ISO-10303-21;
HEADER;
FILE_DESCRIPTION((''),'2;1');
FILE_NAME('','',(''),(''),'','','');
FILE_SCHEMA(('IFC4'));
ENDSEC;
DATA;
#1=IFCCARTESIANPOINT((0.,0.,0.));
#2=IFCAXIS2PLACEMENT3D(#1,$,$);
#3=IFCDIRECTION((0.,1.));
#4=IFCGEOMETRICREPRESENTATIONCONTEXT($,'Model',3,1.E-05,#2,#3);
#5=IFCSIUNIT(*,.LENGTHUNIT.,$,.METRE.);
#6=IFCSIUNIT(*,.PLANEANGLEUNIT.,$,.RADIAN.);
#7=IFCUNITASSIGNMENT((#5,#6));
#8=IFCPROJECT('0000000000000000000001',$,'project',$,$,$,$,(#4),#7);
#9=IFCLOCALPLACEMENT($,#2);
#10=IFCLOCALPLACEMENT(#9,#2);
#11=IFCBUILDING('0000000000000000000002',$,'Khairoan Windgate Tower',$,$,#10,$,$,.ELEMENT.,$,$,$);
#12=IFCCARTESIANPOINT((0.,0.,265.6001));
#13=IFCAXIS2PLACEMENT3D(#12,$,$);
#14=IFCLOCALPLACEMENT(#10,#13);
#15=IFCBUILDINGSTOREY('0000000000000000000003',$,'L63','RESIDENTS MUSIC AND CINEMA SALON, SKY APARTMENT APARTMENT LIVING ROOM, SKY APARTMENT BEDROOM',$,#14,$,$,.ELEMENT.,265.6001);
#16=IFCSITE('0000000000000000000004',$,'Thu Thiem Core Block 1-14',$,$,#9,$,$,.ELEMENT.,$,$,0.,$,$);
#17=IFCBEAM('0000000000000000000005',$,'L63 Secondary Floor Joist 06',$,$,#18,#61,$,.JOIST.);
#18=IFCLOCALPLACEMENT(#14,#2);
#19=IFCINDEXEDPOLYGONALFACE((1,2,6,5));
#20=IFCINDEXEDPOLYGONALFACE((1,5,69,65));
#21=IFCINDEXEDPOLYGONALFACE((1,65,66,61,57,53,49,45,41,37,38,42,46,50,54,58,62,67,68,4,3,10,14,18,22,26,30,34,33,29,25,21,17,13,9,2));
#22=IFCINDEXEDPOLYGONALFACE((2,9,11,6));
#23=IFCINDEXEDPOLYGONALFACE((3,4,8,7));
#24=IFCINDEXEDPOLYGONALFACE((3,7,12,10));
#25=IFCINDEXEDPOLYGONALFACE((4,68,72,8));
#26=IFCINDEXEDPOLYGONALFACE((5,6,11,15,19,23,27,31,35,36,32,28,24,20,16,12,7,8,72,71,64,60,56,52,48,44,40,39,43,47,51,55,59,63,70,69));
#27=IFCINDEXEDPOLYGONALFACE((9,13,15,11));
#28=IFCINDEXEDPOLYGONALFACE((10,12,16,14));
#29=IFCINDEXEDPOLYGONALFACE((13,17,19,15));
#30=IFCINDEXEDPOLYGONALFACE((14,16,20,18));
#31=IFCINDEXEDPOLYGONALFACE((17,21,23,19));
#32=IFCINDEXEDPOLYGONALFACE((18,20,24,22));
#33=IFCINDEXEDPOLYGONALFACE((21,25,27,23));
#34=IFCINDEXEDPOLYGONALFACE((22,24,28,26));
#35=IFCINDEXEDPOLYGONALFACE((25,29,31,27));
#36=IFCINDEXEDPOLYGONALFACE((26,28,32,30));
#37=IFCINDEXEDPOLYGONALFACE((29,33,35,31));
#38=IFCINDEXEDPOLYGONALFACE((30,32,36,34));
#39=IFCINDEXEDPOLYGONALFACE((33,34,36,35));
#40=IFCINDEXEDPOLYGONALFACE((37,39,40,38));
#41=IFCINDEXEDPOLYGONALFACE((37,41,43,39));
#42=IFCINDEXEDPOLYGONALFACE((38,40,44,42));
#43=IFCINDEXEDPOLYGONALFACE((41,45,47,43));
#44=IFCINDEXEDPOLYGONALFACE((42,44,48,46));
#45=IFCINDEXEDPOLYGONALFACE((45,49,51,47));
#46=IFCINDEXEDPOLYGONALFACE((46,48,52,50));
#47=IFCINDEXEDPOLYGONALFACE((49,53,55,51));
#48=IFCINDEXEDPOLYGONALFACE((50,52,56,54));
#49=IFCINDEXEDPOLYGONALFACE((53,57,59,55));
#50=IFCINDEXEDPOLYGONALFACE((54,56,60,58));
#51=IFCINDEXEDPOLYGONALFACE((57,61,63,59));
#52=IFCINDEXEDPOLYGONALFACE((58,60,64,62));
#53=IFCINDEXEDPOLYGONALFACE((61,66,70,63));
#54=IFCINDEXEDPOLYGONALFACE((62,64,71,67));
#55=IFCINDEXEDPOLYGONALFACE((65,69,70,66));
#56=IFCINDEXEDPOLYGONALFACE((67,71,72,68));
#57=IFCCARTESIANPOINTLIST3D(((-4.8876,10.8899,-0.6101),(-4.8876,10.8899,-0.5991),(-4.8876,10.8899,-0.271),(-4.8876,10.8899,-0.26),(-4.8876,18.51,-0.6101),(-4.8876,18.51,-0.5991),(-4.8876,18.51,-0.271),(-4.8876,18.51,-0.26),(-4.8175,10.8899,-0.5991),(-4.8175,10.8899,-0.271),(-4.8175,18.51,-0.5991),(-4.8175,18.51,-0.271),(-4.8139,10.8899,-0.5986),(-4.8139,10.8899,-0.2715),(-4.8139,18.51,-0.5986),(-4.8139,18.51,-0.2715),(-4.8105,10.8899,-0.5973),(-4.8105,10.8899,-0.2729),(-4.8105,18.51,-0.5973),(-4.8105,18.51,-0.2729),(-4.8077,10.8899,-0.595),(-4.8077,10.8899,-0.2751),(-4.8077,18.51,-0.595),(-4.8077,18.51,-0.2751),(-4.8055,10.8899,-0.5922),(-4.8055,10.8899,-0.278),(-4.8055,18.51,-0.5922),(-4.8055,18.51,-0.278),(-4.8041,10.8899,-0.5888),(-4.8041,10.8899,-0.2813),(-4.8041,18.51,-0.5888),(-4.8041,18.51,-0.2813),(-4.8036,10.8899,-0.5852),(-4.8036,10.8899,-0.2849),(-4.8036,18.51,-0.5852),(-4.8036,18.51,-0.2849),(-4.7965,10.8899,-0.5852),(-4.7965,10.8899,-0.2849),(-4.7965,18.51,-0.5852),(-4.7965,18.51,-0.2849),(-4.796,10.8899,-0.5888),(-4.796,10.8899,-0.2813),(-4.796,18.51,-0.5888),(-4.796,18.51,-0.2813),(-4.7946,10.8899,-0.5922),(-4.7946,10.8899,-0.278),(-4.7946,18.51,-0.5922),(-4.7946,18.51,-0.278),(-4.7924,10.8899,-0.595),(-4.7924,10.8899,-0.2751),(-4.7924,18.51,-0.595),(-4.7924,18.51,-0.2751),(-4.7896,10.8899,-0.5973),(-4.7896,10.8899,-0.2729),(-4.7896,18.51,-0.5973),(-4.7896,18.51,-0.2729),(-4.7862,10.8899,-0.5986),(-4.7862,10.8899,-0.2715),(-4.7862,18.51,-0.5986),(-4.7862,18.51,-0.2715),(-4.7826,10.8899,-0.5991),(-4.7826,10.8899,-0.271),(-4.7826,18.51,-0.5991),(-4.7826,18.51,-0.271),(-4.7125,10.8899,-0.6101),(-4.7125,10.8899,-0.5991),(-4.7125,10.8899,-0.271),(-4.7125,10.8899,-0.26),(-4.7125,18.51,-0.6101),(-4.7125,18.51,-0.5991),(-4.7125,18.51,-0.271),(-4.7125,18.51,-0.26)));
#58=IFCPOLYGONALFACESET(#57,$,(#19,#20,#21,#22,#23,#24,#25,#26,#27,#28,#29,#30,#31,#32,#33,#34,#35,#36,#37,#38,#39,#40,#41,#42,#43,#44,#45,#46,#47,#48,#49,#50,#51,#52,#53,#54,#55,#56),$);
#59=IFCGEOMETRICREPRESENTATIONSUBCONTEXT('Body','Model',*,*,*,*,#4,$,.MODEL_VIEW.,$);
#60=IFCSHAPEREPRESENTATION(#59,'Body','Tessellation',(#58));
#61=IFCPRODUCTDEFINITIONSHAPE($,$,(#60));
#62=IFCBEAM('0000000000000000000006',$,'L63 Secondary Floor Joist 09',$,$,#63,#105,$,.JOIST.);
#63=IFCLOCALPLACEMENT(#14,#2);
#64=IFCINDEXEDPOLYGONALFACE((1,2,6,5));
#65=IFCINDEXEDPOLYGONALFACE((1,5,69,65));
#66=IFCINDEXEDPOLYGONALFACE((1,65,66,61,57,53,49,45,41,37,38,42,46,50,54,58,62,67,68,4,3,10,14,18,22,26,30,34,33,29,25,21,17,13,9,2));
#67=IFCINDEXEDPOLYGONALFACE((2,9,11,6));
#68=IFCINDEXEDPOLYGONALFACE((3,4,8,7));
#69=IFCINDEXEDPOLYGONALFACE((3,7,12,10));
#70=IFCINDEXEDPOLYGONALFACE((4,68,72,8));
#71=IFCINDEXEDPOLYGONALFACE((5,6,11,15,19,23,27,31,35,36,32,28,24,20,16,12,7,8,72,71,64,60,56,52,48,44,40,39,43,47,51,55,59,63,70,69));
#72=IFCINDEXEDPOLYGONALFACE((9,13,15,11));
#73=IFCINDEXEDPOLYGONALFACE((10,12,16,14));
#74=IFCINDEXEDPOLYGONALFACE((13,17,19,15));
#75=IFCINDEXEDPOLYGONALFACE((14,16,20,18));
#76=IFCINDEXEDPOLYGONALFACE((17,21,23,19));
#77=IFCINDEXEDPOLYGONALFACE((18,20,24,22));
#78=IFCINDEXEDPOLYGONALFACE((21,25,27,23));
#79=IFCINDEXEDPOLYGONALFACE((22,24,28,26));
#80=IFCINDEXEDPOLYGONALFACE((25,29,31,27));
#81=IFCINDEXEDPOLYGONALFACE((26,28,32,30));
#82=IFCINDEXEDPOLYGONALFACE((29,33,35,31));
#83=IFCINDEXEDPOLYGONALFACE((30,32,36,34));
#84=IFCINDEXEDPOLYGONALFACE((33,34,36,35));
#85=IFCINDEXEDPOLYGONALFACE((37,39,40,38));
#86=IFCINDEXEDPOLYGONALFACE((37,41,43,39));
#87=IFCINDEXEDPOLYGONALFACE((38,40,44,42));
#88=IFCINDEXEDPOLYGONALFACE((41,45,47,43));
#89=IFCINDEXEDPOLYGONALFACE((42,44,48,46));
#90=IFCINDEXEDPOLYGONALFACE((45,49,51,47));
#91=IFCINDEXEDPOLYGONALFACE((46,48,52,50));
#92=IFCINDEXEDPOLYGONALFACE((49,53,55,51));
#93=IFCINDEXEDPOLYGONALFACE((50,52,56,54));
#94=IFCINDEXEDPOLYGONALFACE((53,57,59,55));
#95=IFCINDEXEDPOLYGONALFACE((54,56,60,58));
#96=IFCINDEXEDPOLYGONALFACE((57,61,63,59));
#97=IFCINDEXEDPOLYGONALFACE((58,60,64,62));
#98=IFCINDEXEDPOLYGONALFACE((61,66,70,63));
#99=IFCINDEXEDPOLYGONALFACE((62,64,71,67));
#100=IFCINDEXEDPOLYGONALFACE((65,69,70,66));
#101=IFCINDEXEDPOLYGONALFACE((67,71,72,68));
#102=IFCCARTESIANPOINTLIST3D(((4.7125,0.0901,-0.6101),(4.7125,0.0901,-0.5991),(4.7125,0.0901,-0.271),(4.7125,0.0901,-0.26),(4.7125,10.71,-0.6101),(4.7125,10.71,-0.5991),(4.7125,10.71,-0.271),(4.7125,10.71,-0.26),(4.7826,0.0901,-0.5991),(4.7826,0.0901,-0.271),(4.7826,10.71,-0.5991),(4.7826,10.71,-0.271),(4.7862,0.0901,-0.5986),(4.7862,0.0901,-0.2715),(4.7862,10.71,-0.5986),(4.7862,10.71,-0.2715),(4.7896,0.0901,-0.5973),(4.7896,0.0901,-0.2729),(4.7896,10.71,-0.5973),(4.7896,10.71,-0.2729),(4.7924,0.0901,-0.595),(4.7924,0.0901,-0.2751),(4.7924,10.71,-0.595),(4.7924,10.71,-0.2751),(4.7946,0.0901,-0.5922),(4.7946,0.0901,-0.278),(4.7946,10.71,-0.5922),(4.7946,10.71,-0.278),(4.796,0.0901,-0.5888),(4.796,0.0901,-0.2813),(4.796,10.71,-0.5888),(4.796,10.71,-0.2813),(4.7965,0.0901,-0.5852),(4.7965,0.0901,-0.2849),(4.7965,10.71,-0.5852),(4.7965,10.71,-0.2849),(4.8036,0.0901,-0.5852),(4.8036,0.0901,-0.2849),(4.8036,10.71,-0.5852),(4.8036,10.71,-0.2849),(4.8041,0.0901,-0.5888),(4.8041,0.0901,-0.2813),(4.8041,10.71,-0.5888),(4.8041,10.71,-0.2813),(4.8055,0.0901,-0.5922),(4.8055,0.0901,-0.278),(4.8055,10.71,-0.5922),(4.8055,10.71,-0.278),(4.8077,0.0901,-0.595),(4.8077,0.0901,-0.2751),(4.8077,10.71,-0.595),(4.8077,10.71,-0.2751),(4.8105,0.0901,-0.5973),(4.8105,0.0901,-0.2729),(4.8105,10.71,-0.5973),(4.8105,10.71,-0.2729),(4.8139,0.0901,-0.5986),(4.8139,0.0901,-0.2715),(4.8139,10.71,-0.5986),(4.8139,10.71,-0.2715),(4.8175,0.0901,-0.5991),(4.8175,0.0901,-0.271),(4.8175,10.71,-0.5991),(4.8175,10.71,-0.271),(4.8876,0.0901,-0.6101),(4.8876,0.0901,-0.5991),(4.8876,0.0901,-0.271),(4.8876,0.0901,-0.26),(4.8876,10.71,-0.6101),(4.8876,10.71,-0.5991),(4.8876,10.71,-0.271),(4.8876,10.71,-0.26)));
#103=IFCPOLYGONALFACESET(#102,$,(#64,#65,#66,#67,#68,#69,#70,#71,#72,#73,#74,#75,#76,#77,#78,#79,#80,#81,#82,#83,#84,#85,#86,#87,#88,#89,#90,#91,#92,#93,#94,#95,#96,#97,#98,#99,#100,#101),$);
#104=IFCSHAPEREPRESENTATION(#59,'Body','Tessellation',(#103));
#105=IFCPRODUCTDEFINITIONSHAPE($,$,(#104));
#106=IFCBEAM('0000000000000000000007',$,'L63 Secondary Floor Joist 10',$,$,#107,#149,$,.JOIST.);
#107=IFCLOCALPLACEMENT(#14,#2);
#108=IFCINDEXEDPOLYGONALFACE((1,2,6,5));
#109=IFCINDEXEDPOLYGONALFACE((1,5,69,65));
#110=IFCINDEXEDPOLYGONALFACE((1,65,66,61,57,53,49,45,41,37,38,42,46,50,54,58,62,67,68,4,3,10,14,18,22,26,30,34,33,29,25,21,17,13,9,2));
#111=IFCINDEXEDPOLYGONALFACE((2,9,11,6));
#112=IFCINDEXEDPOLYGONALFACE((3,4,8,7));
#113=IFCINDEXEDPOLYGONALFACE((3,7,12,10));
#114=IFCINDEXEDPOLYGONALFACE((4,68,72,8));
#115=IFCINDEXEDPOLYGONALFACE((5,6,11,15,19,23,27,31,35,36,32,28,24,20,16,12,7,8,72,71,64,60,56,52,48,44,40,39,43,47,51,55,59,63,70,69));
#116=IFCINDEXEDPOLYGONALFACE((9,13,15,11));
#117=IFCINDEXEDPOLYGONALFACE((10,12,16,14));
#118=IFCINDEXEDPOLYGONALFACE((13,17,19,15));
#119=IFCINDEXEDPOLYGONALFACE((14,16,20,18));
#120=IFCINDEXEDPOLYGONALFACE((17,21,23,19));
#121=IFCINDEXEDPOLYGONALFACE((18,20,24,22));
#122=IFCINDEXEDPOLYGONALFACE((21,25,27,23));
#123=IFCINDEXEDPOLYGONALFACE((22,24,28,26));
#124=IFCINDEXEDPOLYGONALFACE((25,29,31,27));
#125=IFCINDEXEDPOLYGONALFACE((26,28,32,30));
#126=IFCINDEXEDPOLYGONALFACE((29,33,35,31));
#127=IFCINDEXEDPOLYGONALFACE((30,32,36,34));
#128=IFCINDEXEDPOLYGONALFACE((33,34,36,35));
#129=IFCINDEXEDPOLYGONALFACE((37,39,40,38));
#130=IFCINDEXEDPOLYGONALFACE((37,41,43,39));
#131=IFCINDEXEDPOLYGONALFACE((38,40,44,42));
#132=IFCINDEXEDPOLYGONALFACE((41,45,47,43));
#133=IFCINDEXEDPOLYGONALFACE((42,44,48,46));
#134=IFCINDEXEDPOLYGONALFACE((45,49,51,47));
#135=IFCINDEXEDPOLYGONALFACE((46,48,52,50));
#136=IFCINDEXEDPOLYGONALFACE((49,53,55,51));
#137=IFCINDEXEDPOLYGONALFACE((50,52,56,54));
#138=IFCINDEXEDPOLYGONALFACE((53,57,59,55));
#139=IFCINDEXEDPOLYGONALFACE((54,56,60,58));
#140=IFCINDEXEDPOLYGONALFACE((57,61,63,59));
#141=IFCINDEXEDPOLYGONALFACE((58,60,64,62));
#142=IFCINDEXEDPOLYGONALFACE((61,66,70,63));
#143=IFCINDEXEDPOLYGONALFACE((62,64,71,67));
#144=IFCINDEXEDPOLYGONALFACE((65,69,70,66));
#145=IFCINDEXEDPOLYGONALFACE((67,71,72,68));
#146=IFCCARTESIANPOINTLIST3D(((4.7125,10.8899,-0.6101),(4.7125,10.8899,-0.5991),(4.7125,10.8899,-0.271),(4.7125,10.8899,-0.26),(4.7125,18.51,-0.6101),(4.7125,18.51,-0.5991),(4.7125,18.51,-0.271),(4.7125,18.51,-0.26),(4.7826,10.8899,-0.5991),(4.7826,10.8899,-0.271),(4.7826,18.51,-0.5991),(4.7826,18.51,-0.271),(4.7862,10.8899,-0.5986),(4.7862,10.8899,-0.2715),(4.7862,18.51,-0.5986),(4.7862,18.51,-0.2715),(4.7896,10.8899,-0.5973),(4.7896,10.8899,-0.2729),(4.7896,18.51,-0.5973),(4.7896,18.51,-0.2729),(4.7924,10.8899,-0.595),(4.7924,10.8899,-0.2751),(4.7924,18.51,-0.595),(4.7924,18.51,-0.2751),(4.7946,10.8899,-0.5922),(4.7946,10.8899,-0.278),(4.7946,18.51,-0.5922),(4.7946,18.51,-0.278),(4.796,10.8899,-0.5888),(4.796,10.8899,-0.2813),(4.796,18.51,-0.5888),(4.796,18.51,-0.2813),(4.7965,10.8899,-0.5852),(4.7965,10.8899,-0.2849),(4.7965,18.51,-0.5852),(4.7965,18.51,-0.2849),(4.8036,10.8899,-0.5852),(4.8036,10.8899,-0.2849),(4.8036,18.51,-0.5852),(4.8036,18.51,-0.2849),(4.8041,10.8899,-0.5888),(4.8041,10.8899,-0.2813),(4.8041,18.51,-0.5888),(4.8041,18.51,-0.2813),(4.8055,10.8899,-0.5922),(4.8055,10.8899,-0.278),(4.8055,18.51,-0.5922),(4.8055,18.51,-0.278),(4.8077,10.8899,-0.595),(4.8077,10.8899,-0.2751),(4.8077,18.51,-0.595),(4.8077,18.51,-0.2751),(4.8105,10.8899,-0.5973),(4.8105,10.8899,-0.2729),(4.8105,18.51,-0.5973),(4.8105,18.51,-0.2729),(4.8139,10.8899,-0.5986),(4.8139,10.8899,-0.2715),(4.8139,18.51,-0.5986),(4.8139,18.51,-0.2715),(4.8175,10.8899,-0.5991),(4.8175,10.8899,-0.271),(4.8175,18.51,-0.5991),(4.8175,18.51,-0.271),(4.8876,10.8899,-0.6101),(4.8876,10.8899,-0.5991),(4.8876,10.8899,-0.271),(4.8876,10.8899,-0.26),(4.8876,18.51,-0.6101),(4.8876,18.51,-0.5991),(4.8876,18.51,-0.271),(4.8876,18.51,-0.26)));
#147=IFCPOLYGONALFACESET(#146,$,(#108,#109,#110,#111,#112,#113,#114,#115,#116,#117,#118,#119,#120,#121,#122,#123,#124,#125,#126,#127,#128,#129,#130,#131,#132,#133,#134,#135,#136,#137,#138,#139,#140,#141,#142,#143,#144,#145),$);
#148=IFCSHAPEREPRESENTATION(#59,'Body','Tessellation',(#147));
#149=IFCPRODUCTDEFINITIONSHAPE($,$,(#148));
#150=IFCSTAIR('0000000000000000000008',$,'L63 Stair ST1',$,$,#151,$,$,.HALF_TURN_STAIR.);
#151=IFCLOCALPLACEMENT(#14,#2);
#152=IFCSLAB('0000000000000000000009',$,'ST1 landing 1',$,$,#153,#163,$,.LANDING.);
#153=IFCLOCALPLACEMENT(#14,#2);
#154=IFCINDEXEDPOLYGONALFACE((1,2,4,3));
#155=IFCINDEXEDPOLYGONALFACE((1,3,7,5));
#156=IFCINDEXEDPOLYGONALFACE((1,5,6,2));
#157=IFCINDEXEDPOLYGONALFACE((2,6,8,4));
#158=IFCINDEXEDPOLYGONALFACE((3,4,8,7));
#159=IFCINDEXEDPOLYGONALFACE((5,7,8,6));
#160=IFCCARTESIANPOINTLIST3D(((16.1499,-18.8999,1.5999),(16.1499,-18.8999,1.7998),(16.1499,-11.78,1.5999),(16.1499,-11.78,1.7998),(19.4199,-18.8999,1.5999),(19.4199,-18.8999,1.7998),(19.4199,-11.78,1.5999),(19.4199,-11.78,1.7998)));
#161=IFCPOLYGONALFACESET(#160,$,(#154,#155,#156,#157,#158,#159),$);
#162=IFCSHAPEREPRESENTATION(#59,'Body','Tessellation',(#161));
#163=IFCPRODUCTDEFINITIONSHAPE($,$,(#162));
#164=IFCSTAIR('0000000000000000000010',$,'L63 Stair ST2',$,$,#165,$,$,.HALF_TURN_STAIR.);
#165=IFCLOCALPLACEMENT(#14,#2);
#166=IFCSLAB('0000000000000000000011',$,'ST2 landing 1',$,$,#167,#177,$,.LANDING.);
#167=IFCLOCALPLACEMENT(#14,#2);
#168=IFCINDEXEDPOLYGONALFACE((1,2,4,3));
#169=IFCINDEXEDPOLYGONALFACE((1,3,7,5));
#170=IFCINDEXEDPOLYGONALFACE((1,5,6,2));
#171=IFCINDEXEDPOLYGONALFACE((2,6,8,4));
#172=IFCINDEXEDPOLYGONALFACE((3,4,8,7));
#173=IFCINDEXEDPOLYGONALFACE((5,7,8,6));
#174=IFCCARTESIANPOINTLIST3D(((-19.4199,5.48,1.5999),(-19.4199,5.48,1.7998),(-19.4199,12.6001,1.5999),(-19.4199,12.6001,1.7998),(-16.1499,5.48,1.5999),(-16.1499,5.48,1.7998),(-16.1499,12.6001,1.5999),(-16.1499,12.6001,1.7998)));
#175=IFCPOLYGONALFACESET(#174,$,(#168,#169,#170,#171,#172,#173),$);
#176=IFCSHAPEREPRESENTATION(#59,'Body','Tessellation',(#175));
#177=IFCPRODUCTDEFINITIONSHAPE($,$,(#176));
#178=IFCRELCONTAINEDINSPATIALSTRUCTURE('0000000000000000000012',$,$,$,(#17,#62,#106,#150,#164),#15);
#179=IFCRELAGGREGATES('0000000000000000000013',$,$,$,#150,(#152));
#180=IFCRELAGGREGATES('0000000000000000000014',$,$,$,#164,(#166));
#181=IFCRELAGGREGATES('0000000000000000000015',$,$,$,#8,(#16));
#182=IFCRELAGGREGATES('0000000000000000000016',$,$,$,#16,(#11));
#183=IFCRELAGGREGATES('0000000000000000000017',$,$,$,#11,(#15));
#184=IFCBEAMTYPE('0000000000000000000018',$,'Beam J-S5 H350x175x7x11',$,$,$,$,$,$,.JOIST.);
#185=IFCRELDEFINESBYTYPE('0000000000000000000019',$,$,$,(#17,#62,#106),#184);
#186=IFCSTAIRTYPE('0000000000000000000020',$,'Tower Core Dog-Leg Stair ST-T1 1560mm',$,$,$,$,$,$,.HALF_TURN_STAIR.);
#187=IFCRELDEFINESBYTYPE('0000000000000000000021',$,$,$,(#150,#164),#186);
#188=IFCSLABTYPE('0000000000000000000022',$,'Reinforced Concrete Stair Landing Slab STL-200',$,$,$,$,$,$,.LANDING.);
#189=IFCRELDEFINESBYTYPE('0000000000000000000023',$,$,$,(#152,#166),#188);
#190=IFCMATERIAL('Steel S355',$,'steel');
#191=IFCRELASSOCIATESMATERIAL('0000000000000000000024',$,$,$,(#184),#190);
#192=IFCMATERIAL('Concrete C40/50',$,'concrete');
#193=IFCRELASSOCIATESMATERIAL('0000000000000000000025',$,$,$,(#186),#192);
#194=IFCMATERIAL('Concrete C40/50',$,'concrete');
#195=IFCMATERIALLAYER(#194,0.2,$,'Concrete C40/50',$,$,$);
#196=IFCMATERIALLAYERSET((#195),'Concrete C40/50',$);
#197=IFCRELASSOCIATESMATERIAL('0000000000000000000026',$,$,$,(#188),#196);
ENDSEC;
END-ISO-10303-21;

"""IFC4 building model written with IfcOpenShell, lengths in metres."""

from ifc_helpers import new_model, si_unit, direction, frame, origin, origin_2d, place, context, subcontext, project, spatial, polyline, i_section, outline, extrude, material, layer, layer_set, material_profile, profile_set, type_object, element, aggregate, save


model = new_model("IFC4")

# Units and contexts
model_context = context("Model", 3, precision=1e-05, world=origin(), true_north=direction((0.0, 1.0)))
body_context = subcontext(model_context, "Body", "Model", "MODEL_VIEW")
ifc_project = project(units=[si_unit("LENGTHUNIT", "METRE"), si_unit("PLANEANGLEUNIT", "RADIAN")], contexts=[model_context])

# Site, building, storey
site_placement = place(None, origin())
site = spatial("IfcSite", under=ifc_project, at=site_placement, Name="Thu Thiem Core Block 1-14", CompositionType="ELEMENT", RefElevation=0.0)
building_placement = place(site_placement, origin())
building = spatial("IfcBuilding", under=site, at=building_placement, Name="Khairoan Windgate Tower", CompositionType="ELEMENT")
storey_placement = place(building_placement, frame((0.0, 0.0, 265.6001)))
storey = spatial("IfcBuildingStorey", under=building, at=storey_placement, Name="L63", Description="RESIDENTS MUSIC AND CINEMA SALON, SKY APARTMENT APARTMENT LIVING ROOM, SKY APARTMENT BEDROOM", CompositionType="ELEMENT", Elevation=265.6001)

# Beams
ifc_material_1 = material(Name="Steel S355", Category="steel")
ifc_material_profile_1 = material_profile(ifc_material_1, i_section(OverallWidth=0.175, OverallDepth=0.3501, WebThickness=0.0071, FlangeThickness=0.011, FilletRadius=0.0139, at=origin_2d()))
ifc_profile_set_1 = profile_set([ifc_material_profile_1], Name="Steel S355")
beam_type_1 = type_object("IfcBeamType", Name="Beam J-S5 H350x175x7x11", PredefinedType="JOIST", material=ifc_profile_set_1)
beam_1_placement = place(storey_placement, frame((-4.8, 10.8899, -0.4351), z_axis=(0.0, 1.0, 0.0), x_axis=(-1.0, 0.0, 0.0)))
element("IfcBeam", 1, at=beam_1_placement, inside=storey, type_object=beam_type_1, Name="L63 Secondary Floor Joist 06", PredefinedType="JOIST", context=body_context, shape_type="SweptSolid", body=[
    extrude(i_section(OverallWidth=0.175, OverallDepth=0.3501, WebThickness=0.0071, FlangeThickness=0.011, FilletRadius=0.0139, at=origin_2d()), origin(), (0.0, 0.0, 1.0), 7.6201),
])
beam_2_placement = place(storey_placement, frame((4.8, 0.0901, -0.4351), z_axis=(0.0, 1.0, 0.0), x_axis=(-1.0, 0.0, 0.0)))
element("IfcBeam", 2, at=beam_2_placement, inside=storey, type_object=beam_type_1, Name="L63 Secondary Floor Joist 09", PredefinedType="JOIST", context=body_context, shape_type="SweptSolid", body=[
    extrude(i_section(OverallWidth=0.175, OverallDepth=0.3501, WebThickness=0.0071, FlangeThickness=0.011, FilletRadius=0.0139, at=origin_2d()), origin(), (0.0, 0.0, 1.0), 10.6199),
])
beam_3_placement = place(storey_placement, frame((4.8, 10.8899, -0.4351), z_axis=(0.0, 1.0, 0.0), x_axis=(-1.0, 0.0, 0.0)))
element("IfcBeam", 3, at=beam_3_placement, inside=storey, type_object=beam_type_1, Name="L63 Secondary Floor Joist 10", PredefinedType="JOIST", context=body_context, shape_type="SweptSolid", body=[
    extrude(i_section(OverallWidth=0.175, OverallDepth=0.3501, WebThickness=0.0071, FlangeThickness=0.011, FilletRadius=0.0139, at=origin_2d()), origin(), (0.0, 0.0, 1.0), 7.6201),
])

# Stairs, slabs
ifc_material_2 = material(Name="Concrete C40/50", Category="concrete")
stair_type = type_object("IfcStairType", Name="Tower Core Dog-Leg Stair ST-T1 1560mm", PredefinedType="HALF_TURN_STAIR", material=ifc_material_2)
stair_1_placement = place(storey_placement, origin())
stair_1 = element("IfcStair", 4, at=stair_1_placement, inside=storey, type_object=stair_type, Name="L63 Stair ST1", PredefinedType="HALF_TURN_STAIR")
ifc_material_3 = material(Name="Concrete C40/50", Category="concrete")
ifc_layer_1 = layer(ifc_material_3, 0.2, Name="Concrete C40/50")
ifc_layer_set_1 = layer_set([ifc_layer_1], Name="Concrete C40/50")
slab_type_1 = type_object("IfcSlabType", Name="Reinforced Concrete Stair Landing Slab STL-200", PredefinedType="LANDING", material=ifc_layer_set_1)
slab_1_placement = place(storey_placement, frame((0.0, 0.0, 1.5999)))
slab_1 = element("IfcSlab", 5, at=slab_1_placement, type_object=slab_type_1, Name="ST1 landing 1", PredefinedType="LANDING", context=body_context, shape_type="SweptSolid", body=[
    extrude(outline(polyline([(16.1499, -11.78), (16.1499, -18.8999), (19.4199, -18.8999), (19.4199, -11.78), (16.1499, -11.78)])), origin(), (0.0, 0.0, 1.0), 0.2),
])
aggregate(stair_1, [slab_1])
stair_2_placement = place(storey_placement, origin())
stair_2 = element("IfcStair", 6, at=stair_2_placement, inside=storey, type_object=stair_type, Name="L63 Stair ST2", PredefinedType="HALF_TURN_STAIR")
slab_2_placement = place(storey_placement, frame((0.0, 0.0, 1.5999)))
slab_2 = element("IfcSlab", 7, at=slab_2_placement, type_object=slab_type_1, Name="ST2 landing 1", PredefinedType="LANDING", context=body_context, shape_type="SweptSolid", body=[
    extrude(outline(polyline([(-16.1499, 5.48), (-16.1499, 12.6001), (-19.4199, 12.6001), (-19.4199, 5.48), (-16.1499, 5.48)])), origin(), (0.0, 0.0, 1.0), 0.2),
])
aggregate(stair_2, [slab_2])

save(model, "model.ifc")
